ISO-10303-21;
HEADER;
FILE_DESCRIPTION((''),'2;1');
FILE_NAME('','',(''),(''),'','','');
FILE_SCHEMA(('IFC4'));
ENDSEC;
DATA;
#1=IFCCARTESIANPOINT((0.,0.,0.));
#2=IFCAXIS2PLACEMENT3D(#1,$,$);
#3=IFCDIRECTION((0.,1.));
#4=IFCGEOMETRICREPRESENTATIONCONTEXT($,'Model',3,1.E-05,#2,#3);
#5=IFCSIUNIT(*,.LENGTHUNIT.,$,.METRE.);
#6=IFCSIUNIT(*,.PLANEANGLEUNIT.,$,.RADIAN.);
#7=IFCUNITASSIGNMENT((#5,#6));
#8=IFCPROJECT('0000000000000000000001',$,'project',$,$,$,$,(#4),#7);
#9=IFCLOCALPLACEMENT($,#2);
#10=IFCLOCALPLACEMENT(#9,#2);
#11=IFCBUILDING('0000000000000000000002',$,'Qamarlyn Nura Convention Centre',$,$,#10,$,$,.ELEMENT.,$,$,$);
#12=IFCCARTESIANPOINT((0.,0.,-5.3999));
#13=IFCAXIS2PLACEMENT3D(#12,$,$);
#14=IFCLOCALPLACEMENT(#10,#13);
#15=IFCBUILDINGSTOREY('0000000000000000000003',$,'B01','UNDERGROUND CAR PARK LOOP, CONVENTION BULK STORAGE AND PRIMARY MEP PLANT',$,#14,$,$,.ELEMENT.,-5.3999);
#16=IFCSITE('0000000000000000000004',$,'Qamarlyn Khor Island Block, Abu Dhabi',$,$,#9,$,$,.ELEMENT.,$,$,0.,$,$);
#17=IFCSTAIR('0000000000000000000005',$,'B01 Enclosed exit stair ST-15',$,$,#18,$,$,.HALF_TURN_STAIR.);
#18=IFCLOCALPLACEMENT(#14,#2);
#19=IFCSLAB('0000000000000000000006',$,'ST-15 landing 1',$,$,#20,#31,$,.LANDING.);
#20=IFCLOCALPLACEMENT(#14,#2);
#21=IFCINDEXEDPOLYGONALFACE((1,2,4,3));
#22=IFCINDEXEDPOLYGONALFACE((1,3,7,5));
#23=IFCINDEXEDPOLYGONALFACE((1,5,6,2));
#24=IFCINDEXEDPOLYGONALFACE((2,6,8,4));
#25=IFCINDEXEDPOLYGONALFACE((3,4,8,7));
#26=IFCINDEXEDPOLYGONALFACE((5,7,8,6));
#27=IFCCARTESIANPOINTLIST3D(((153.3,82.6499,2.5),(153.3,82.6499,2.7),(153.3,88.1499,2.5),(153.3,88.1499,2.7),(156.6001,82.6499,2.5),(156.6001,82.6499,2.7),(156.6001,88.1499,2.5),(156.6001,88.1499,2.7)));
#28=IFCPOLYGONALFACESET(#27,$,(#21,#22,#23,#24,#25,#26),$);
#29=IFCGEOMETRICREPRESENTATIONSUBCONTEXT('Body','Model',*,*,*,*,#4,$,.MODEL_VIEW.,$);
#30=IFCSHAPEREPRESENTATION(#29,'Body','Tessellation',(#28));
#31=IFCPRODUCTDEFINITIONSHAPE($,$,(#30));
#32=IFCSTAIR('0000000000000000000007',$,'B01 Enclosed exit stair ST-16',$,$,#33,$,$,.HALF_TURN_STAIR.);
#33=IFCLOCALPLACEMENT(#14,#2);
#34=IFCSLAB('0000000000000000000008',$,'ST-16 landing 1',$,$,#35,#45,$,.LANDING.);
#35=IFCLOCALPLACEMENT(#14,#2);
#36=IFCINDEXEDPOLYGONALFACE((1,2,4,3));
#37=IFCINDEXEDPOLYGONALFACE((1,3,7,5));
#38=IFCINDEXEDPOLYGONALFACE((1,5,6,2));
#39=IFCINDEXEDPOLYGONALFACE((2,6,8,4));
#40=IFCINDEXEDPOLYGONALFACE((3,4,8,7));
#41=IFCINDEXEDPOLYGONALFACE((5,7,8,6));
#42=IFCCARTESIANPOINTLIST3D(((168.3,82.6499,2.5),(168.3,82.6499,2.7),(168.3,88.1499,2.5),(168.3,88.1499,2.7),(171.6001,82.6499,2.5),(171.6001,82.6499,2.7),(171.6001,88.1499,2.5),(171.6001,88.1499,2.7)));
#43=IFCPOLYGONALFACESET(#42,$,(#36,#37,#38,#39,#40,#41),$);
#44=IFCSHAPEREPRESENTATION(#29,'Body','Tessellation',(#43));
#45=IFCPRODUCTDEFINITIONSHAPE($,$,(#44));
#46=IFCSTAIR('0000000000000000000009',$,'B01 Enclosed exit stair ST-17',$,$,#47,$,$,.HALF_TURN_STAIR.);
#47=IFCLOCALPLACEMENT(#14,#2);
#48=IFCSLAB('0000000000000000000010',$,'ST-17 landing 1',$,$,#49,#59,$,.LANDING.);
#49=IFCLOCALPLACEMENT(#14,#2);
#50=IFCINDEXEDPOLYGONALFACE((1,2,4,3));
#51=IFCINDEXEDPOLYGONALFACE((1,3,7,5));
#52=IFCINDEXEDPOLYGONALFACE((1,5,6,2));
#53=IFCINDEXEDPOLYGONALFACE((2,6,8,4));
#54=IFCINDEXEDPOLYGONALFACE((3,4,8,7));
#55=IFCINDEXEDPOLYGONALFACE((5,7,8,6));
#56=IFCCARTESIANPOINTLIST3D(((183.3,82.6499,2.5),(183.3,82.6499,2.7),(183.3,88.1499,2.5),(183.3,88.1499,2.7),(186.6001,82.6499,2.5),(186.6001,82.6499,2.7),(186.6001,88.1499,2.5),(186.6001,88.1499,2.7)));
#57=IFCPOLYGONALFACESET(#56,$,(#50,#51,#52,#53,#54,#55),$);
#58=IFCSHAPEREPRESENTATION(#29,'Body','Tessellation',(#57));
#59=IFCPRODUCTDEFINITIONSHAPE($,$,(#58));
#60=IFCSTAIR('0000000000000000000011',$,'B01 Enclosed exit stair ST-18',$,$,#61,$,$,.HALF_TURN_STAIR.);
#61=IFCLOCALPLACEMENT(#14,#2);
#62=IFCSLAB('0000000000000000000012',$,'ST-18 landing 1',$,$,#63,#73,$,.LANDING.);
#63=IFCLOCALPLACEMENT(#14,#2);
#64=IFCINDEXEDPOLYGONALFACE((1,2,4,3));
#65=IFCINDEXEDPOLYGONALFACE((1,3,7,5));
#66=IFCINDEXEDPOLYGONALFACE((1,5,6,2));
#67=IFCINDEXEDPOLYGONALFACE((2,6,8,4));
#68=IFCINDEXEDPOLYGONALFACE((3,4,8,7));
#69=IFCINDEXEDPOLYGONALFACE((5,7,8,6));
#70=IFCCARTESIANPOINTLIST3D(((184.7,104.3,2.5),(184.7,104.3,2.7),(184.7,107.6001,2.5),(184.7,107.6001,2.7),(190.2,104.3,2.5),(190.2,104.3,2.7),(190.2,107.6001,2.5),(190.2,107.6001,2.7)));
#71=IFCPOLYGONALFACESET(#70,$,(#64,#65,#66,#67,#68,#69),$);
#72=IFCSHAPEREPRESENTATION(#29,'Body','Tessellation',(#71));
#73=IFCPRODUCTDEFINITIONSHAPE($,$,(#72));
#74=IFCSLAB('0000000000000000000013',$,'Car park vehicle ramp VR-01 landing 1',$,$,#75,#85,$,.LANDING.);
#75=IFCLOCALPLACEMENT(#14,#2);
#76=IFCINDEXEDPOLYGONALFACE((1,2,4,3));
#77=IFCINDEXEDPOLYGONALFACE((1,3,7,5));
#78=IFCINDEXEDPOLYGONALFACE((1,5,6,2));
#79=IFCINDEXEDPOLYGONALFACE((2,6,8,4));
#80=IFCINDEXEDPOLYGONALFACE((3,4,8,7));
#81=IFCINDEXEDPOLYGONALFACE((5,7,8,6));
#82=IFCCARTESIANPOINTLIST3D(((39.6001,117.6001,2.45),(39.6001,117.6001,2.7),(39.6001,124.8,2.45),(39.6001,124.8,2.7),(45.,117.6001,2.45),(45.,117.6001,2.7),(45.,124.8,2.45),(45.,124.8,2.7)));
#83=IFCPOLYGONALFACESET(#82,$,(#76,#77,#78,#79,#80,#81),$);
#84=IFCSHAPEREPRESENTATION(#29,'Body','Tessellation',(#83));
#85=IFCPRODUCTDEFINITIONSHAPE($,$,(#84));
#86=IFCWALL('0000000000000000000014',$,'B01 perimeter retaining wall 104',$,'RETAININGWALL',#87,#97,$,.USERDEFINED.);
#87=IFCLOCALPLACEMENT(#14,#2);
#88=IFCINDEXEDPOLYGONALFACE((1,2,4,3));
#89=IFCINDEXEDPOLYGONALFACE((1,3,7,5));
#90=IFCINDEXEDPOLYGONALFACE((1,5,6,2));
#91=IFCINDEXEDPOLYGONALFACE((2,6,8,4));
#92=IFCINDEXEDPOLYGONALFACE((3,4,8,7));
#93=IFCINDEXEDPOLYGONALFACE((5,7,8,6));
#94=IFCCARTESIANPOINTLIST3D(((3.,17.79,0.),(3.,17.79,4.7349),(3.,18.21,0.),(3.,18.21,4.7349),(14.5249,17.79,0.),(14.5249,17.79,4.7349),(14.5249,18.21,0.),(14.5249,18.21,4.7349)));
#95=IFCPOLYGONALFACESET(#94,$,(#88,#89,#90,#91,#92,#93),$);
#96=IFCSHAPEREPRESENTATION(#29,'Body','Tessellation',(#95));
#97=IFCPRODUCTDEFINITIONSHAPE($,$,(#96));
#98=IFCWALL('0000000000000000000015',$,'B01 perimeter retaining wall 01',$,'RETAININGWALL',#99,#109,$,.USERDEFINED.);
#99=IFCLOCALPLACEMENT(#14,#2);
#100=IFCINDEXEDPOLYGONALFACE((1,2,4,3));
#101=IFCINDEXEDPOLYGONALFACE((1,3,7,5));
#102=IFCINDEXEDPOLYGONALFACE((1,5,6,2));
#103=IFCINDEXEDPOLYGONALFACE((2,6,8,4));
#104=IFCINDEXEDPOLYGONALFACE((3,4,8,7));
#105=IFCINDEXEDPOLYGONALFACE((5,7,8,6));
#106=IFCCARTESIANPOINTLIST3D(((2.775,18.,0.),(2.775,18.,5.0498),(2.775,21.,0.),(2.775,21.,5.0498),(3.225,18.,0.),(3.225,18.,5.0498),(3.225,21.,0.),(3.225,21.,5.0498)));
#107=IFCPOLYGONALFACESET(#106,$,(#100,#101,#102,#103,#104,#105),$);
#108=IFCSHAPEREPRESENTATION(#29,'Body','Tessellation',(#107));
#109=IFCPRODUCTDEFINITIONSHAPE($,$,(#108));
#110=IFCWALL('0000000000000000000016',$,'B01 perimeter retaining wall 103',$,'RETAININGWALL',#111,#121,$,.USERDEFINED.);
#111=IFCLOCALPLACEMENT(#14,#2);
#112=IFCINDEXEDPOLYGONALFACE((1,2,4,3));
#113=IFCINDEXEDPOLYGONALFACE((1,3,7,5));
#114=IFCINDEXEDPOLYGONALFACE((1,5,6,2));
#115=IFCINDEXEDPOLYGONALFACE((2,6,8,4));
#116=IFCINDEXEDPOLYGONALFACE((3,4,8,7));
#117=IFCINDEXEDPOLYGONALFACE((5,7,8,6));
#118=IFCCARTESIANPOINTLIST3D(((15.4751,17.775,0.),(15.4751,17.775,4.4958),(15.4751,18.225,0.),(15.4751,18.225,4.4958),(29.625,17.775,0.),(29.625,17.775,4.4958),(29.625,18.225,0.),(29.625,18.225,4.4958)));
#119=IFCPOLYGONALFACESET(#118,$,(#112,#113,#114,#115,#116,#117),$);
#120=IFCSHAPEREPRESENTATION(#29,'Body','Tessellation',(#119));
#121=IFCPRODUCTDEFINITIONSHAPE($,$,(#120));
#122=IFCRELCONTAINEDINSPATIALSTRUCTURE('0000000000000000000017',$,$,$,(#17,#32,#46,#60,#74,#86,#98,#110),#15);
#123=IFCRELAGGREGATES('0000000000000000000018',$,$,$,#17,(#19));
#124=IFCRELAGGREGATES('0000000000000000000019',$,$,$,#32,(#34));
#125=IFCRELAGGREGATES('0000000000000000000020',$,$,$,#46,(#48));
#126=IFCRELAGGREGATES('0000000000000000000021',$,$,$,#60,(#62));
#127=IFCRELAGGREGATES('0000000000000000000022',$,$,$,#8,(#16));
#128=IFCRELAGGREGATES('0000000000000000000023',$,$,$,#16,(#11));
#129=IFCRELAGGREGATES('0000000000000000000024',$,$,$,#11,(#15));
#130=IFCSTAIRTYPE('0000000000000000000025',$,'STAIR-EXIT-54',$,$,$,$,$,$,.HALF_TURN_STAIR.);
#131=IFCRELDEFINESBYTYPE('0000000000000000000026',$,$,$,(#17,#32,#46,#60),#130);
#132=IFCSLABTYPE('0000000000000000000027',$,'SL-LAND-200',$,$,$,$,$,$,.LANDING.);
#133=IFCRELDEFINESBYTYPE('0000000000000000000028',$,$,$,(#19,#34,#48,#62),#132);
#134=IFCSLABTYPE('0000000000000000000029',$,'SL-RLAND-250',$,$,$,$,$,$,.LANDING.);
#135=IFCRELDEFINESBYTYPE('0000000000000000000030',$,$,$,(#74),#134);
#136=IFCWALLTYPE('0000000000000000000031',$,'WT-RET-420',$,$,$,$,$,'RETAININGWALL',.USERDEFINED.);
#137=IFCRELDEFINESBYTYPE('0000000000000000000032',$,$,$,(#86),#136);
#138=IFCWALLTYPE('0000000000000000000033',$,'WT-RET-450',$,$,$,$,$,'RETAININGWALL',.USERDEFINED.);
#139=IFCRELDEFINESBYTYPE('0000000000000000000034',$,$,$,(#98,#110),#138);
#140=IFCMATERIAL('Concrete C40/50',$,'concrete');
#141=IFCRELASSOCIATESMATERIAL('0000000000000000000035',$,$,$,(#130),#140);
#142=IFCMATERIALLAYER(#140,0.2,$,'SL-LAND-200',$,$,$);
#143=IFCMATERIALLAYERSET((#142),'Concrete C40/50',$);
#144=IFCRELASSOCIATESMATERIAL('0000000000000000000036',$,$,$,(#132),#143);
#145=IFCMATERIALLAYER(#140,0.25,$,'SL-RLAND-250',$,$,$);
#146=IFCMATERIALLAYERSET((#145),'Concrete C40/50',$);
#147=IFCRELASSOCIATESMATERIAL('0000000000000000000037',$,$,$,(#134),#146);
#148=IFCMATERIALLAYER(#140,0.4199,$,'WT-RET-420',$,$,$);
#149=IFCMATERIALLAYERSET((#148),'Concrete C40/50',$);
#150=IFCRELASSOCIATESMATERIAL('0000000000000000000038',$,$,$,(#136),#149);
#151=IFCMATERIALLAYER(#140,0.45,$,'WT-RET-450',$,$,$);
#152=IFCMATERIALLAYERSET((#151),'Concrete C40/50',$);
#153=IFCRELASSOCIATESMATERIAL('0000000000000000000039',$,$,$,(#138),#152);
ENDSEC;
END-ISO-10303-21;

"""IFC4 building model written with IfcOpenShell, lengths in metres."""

from ifc_helpers import new_model, si_unit, direction, frame, frame_2d, origin, place, context, subcontext, project, spatial, polyline, rectangle, outline, extrude, material, layer, layer_set, type_object, element, aggregate, save


model = new_model("IFC4")

# Units and contexts
model_context = context("Model", 3, precision=1e-05, world=origin(), true_north=direction((0.0, 1.0)))
body_context = subcontext(model_context, "Body", "Model", "MODEL_VIEW")
ifc_project = project(units=[si_unit("LENGTHUNIT", "METRE"), si_unit("PLANEANGLEUNIT", "RADIAN")], contexts=[model_context])

# Site, building, storey
site_placement = place(None, origin())
site = spatial("IfcSite", under=ifc_project, at=site_placement, Name="Qamarlyn Khor Island Block, Abu Dhabi", CompositionType="ELEMENT", RefElevation=0.0)
building_placement = place(site_placement, origin())
building = spatial("IfcBuilding", under=site, at=building_placement, Name="Qamarlyn Nura Convention Centre", CompositionType="ELEMENT")
storey_placement = place(building_placement, frame((0.0, 0.0, -5.3999)))
storey = spatial("IfcBuildingStorey", under=building, at=storey_placement, Name="B01", Description="UNDERGROUND CAR PARK LOOP, CONVENTION BULK STORAGE AND PRIMARY MEP PLANT", CompositionType="ELEMENT", Elevation=-5.3999)

# Shared definitions
ifc_material_1 = material(Name="Concrete C40/50", Category="concrete")

# Stairs, slabs
stair_type = type_object("IfcStairType", Name="STAIR-EXIT-54", PredefinedType="HALF_TURN_STAIR", material=ifc_material_1)
ifc_layer_1 = layer(ifc_material_1, 0.2, Name="SL-LAND-200")
ifc_layer_set_1 = layer_set([ifc_layer_1], Name="Concrete C40/50")
slab_type_1 = type_object("IfcSlabType", Name="SL-LAND-200", PredefinedType="LANDING", material=ifc_layer_set_1)
stair_1_placement = place(storey_placement, origin())
stair_1 = element("IfcStair", 1, at=stair_1_placement, inside=storey, type_object=stair_type, Name="B01 Enclosed exit stair ST-15", PredefinedType="HALF_TURN_STAIR")
slab_1_placement = place(storey_placement, frame((0.0, 0.0, 2.5)))
slab_1 = element("IfcSlab", 2, at=slab_1_placement, type_object=slab_type_1, Name="ST-15 landing 1", PredefinedType="LANDING", context=body_context, shape_type="SweptSolid", body=[
    extrude(outline(polyline([(153.3, 82.6499), (156.6001, 82.6499), (156.6001, 88.1499), (153.3, 88.1499), (153.3, 82.6499)])), origin(), (0.0, 0.0, 1.0), 0.2),
])
aggregate(stair_1, [slab_1])
stair_2_placement = place(storey_placement, origin())
stair_2 = element("IfcStair", 3, at=stair_2_placement, inside=storey, type_object=stair_type, Name="B01 Enclosed exit stair ST-16", PredefinedType="HALF_TURN_STAIR")
slab_2_placement = place(storey_placement, frame((0.0, 0.0, 2.5)))
slab_2 = element("IfcSlab", 4, at=slab_2_placement, type_object=slab_type_1, Name="ST-16 landing 1", PredefinedType="LANDING", context=body_context, shape_type="SweptSolid", body=[
    extrude(outline(polyline([(168.3, 82.6499), (171.6001, 82.6499), (171.6001, 88.1499), (168.3, 88.1499), (168.3, 82.6499)])), origin(), (0.0, 0.0, 1.0), 0.2),
])
aggregate(stair_2, [slab_2])
stair_3_placement = place(storey_placement, origin())
stair_3 = element("IfcStair", 5, at=stair_3_placement, inside=storey, type_object=stair_type, Name="B01 Enclosed exit stair ST-17", PredefinedType="HALF_TURN_STAIR")
slab_3_placement = place(storey_placement, frame((0.0, 0.0, 2.5)))
slab_3 = element("IfcSlab", 6, at=slab_3_placement, type_object=slab_type_1, Name="ST-17 landing 1", PredefinedType="LANDING", context=body_context, shape_type="SweptSolid", body=[
    extrude(outline(polyline([(183.3, 82.6499), (186.6001, 82.6499), (186.6001, 88.1499), (183.3, 88.1499), (183.3, 82.6499)])), origin(), (0.0, 0.0, 1.0), 0.2),
])
aggregate(stair_3, [slab_3])
stair_4_placement = place(storey_placement, origin())
stair_4 = element("IfcStair", 7, at=stair_4_placement, inside=storey, type_object=stair_type, Name="B01 Enclosed exit stair ST-18", PredefinedType="HALF_TURN_STAIR")
slab_4_placement = place(storey_placement, frame((0.0, 0.0, 2.5)))
slab_4 = element("IfcSlab", 8, at=slab_4_placement, type_object=slab_type_1, Name="ST-18 landing 1", PredefinedType="LANDING", context=body_context, shape_type="SweptSolid", body=[
    extrude(outline(polyline([(190.2, 104.3), (190.2, 107.6001), (184.7, 107.6001), (184.7, 104.3), (190.2, 104.3)])), origin(), (0.0, 0.0, 1.0), 0.2),
])
aggregate(stair_4, [slab_4])

# Slab
ifc_layer_2 = layer(ifc_material_1, 0.25, Name="SL-RLAND-250")
ifc_layer_set_2 = layer_set([ifc_layer_2], Name="Concrete C40/50")
slab_type_2 = type_object("IfcSlabType", Name="SL-RLAND-250", PredefinedType="LANDING", material=ifc_layer_set_2)
slab_5_placement = place(storey_placement, frame((0.0, 0.0, 2.45)))
element("IfcSlab", 9, at=slab_5_placement, inside=storey, type_object=slab_type_2, Name="Car park vehicle ramp VR-01 landing 1", PredefinedType="LANDING", context=body_context, shape_type="SweptSolid", body=[
    extrude(outline(polyline([(39.6001, 117.6001), (45.0, 117.6001), (45.0, 124.8), (39.6001, 124.8), (39.6001, 117.6001)])), origin(), (0.0, 0.0, 1.0), 0.25),
])

# Walls
ifc_layer_3 = layer(ifc_material_1, 0.4199, Name="WT-RET-420")
ifc_layer_set_3 = layer_set([ifc_layer_3], Name="Concrete C40/50")
wall_type_1 = type_object("IfcWallType", Name="WT-RET-420", ElementType="RETAININGWALL", PredefinedType="USERDEFINED", material=ifc_layer_set_3)
wall_1_placement = place(storey_placement, frame((14.5249, 18.0, 0.0), z_axis=(0.0, 0.0, 1.0), x_axis=(-1.0, 0.0, 0.0)))
element("IfcWall", 10, at=wall_1_placement, inside=storey, type_object=wall_type_1, Name="B01 perimeter retaining wall 104", ObjectType="RETAININGWALL", PredefinedType="USERDEFINED", context=body_context, shape_type="SweptSolid", body=[
    extrude(rectangle(XDim=11.5249, YDim=0.4199, at=frame_2d((5.7625, 0.0))), origin(), (0.0, 0.0, 1.0), 4.7349),
])
ifc_layer_4 = layer(ifc_material_1, 0.45, Name="WT-RET-450")
ifc_layer_set_4 = layer_set([ifc_layer_4], Name="Concrete C40/50")
wall_type_2 = type_object("IfcWallType", Name="WT-RET-450", ElementType="RETAININGWALL", PredefinedType="USERDEFINED", material=ifc_layer_set_4)
wall_2_placement = place(storey_placement, frame((3.0, 18.0, 0.0), z_axis=(0.0, 0.0, 1.0), x_axis=(0.0, 1.0, 0.0)))
element("IfcWall", 11, at=wall_2_placement, inside=storey, type_object=wall_type_2, Name="B01 perimeter retaining wall 01", ObjectType="RETAININGWALL", PredefinedType="USERDEFINED", context=body_context, shape_type="SweptSolid", body=[
    extrude(rectangle(XDim=3.0, YDim=0.45, at=frame_2d((1.5, 0.0))), origin(), (0.0, 0.0, 1.0), 5.0498),
])
wall_3_placement = place(storey_placement, frame((29.625, 18.0, 0.0), z_axis=(0.0, 0.0, 1.0), x_axis=(-1.0, 0.0, 0.0)))
element("IfcWall", 12, at=wall_3_placement, inside=storey, type_object=wall_type_2, Name="B01 perimeter retaining wall 103", ObjectType="RETAININGWALL", PredefinedType="USERDEFINED", context=body_context, shape_type="SweptSolid", body=[
    extrude(rectangle(XDim=14.1499, YDim=0.45, at=frame_2d((7.075, 0.0))), origin(), (0.0, 0.0, 1.0), 4.4958),
])

save(model, "model.ifc")
